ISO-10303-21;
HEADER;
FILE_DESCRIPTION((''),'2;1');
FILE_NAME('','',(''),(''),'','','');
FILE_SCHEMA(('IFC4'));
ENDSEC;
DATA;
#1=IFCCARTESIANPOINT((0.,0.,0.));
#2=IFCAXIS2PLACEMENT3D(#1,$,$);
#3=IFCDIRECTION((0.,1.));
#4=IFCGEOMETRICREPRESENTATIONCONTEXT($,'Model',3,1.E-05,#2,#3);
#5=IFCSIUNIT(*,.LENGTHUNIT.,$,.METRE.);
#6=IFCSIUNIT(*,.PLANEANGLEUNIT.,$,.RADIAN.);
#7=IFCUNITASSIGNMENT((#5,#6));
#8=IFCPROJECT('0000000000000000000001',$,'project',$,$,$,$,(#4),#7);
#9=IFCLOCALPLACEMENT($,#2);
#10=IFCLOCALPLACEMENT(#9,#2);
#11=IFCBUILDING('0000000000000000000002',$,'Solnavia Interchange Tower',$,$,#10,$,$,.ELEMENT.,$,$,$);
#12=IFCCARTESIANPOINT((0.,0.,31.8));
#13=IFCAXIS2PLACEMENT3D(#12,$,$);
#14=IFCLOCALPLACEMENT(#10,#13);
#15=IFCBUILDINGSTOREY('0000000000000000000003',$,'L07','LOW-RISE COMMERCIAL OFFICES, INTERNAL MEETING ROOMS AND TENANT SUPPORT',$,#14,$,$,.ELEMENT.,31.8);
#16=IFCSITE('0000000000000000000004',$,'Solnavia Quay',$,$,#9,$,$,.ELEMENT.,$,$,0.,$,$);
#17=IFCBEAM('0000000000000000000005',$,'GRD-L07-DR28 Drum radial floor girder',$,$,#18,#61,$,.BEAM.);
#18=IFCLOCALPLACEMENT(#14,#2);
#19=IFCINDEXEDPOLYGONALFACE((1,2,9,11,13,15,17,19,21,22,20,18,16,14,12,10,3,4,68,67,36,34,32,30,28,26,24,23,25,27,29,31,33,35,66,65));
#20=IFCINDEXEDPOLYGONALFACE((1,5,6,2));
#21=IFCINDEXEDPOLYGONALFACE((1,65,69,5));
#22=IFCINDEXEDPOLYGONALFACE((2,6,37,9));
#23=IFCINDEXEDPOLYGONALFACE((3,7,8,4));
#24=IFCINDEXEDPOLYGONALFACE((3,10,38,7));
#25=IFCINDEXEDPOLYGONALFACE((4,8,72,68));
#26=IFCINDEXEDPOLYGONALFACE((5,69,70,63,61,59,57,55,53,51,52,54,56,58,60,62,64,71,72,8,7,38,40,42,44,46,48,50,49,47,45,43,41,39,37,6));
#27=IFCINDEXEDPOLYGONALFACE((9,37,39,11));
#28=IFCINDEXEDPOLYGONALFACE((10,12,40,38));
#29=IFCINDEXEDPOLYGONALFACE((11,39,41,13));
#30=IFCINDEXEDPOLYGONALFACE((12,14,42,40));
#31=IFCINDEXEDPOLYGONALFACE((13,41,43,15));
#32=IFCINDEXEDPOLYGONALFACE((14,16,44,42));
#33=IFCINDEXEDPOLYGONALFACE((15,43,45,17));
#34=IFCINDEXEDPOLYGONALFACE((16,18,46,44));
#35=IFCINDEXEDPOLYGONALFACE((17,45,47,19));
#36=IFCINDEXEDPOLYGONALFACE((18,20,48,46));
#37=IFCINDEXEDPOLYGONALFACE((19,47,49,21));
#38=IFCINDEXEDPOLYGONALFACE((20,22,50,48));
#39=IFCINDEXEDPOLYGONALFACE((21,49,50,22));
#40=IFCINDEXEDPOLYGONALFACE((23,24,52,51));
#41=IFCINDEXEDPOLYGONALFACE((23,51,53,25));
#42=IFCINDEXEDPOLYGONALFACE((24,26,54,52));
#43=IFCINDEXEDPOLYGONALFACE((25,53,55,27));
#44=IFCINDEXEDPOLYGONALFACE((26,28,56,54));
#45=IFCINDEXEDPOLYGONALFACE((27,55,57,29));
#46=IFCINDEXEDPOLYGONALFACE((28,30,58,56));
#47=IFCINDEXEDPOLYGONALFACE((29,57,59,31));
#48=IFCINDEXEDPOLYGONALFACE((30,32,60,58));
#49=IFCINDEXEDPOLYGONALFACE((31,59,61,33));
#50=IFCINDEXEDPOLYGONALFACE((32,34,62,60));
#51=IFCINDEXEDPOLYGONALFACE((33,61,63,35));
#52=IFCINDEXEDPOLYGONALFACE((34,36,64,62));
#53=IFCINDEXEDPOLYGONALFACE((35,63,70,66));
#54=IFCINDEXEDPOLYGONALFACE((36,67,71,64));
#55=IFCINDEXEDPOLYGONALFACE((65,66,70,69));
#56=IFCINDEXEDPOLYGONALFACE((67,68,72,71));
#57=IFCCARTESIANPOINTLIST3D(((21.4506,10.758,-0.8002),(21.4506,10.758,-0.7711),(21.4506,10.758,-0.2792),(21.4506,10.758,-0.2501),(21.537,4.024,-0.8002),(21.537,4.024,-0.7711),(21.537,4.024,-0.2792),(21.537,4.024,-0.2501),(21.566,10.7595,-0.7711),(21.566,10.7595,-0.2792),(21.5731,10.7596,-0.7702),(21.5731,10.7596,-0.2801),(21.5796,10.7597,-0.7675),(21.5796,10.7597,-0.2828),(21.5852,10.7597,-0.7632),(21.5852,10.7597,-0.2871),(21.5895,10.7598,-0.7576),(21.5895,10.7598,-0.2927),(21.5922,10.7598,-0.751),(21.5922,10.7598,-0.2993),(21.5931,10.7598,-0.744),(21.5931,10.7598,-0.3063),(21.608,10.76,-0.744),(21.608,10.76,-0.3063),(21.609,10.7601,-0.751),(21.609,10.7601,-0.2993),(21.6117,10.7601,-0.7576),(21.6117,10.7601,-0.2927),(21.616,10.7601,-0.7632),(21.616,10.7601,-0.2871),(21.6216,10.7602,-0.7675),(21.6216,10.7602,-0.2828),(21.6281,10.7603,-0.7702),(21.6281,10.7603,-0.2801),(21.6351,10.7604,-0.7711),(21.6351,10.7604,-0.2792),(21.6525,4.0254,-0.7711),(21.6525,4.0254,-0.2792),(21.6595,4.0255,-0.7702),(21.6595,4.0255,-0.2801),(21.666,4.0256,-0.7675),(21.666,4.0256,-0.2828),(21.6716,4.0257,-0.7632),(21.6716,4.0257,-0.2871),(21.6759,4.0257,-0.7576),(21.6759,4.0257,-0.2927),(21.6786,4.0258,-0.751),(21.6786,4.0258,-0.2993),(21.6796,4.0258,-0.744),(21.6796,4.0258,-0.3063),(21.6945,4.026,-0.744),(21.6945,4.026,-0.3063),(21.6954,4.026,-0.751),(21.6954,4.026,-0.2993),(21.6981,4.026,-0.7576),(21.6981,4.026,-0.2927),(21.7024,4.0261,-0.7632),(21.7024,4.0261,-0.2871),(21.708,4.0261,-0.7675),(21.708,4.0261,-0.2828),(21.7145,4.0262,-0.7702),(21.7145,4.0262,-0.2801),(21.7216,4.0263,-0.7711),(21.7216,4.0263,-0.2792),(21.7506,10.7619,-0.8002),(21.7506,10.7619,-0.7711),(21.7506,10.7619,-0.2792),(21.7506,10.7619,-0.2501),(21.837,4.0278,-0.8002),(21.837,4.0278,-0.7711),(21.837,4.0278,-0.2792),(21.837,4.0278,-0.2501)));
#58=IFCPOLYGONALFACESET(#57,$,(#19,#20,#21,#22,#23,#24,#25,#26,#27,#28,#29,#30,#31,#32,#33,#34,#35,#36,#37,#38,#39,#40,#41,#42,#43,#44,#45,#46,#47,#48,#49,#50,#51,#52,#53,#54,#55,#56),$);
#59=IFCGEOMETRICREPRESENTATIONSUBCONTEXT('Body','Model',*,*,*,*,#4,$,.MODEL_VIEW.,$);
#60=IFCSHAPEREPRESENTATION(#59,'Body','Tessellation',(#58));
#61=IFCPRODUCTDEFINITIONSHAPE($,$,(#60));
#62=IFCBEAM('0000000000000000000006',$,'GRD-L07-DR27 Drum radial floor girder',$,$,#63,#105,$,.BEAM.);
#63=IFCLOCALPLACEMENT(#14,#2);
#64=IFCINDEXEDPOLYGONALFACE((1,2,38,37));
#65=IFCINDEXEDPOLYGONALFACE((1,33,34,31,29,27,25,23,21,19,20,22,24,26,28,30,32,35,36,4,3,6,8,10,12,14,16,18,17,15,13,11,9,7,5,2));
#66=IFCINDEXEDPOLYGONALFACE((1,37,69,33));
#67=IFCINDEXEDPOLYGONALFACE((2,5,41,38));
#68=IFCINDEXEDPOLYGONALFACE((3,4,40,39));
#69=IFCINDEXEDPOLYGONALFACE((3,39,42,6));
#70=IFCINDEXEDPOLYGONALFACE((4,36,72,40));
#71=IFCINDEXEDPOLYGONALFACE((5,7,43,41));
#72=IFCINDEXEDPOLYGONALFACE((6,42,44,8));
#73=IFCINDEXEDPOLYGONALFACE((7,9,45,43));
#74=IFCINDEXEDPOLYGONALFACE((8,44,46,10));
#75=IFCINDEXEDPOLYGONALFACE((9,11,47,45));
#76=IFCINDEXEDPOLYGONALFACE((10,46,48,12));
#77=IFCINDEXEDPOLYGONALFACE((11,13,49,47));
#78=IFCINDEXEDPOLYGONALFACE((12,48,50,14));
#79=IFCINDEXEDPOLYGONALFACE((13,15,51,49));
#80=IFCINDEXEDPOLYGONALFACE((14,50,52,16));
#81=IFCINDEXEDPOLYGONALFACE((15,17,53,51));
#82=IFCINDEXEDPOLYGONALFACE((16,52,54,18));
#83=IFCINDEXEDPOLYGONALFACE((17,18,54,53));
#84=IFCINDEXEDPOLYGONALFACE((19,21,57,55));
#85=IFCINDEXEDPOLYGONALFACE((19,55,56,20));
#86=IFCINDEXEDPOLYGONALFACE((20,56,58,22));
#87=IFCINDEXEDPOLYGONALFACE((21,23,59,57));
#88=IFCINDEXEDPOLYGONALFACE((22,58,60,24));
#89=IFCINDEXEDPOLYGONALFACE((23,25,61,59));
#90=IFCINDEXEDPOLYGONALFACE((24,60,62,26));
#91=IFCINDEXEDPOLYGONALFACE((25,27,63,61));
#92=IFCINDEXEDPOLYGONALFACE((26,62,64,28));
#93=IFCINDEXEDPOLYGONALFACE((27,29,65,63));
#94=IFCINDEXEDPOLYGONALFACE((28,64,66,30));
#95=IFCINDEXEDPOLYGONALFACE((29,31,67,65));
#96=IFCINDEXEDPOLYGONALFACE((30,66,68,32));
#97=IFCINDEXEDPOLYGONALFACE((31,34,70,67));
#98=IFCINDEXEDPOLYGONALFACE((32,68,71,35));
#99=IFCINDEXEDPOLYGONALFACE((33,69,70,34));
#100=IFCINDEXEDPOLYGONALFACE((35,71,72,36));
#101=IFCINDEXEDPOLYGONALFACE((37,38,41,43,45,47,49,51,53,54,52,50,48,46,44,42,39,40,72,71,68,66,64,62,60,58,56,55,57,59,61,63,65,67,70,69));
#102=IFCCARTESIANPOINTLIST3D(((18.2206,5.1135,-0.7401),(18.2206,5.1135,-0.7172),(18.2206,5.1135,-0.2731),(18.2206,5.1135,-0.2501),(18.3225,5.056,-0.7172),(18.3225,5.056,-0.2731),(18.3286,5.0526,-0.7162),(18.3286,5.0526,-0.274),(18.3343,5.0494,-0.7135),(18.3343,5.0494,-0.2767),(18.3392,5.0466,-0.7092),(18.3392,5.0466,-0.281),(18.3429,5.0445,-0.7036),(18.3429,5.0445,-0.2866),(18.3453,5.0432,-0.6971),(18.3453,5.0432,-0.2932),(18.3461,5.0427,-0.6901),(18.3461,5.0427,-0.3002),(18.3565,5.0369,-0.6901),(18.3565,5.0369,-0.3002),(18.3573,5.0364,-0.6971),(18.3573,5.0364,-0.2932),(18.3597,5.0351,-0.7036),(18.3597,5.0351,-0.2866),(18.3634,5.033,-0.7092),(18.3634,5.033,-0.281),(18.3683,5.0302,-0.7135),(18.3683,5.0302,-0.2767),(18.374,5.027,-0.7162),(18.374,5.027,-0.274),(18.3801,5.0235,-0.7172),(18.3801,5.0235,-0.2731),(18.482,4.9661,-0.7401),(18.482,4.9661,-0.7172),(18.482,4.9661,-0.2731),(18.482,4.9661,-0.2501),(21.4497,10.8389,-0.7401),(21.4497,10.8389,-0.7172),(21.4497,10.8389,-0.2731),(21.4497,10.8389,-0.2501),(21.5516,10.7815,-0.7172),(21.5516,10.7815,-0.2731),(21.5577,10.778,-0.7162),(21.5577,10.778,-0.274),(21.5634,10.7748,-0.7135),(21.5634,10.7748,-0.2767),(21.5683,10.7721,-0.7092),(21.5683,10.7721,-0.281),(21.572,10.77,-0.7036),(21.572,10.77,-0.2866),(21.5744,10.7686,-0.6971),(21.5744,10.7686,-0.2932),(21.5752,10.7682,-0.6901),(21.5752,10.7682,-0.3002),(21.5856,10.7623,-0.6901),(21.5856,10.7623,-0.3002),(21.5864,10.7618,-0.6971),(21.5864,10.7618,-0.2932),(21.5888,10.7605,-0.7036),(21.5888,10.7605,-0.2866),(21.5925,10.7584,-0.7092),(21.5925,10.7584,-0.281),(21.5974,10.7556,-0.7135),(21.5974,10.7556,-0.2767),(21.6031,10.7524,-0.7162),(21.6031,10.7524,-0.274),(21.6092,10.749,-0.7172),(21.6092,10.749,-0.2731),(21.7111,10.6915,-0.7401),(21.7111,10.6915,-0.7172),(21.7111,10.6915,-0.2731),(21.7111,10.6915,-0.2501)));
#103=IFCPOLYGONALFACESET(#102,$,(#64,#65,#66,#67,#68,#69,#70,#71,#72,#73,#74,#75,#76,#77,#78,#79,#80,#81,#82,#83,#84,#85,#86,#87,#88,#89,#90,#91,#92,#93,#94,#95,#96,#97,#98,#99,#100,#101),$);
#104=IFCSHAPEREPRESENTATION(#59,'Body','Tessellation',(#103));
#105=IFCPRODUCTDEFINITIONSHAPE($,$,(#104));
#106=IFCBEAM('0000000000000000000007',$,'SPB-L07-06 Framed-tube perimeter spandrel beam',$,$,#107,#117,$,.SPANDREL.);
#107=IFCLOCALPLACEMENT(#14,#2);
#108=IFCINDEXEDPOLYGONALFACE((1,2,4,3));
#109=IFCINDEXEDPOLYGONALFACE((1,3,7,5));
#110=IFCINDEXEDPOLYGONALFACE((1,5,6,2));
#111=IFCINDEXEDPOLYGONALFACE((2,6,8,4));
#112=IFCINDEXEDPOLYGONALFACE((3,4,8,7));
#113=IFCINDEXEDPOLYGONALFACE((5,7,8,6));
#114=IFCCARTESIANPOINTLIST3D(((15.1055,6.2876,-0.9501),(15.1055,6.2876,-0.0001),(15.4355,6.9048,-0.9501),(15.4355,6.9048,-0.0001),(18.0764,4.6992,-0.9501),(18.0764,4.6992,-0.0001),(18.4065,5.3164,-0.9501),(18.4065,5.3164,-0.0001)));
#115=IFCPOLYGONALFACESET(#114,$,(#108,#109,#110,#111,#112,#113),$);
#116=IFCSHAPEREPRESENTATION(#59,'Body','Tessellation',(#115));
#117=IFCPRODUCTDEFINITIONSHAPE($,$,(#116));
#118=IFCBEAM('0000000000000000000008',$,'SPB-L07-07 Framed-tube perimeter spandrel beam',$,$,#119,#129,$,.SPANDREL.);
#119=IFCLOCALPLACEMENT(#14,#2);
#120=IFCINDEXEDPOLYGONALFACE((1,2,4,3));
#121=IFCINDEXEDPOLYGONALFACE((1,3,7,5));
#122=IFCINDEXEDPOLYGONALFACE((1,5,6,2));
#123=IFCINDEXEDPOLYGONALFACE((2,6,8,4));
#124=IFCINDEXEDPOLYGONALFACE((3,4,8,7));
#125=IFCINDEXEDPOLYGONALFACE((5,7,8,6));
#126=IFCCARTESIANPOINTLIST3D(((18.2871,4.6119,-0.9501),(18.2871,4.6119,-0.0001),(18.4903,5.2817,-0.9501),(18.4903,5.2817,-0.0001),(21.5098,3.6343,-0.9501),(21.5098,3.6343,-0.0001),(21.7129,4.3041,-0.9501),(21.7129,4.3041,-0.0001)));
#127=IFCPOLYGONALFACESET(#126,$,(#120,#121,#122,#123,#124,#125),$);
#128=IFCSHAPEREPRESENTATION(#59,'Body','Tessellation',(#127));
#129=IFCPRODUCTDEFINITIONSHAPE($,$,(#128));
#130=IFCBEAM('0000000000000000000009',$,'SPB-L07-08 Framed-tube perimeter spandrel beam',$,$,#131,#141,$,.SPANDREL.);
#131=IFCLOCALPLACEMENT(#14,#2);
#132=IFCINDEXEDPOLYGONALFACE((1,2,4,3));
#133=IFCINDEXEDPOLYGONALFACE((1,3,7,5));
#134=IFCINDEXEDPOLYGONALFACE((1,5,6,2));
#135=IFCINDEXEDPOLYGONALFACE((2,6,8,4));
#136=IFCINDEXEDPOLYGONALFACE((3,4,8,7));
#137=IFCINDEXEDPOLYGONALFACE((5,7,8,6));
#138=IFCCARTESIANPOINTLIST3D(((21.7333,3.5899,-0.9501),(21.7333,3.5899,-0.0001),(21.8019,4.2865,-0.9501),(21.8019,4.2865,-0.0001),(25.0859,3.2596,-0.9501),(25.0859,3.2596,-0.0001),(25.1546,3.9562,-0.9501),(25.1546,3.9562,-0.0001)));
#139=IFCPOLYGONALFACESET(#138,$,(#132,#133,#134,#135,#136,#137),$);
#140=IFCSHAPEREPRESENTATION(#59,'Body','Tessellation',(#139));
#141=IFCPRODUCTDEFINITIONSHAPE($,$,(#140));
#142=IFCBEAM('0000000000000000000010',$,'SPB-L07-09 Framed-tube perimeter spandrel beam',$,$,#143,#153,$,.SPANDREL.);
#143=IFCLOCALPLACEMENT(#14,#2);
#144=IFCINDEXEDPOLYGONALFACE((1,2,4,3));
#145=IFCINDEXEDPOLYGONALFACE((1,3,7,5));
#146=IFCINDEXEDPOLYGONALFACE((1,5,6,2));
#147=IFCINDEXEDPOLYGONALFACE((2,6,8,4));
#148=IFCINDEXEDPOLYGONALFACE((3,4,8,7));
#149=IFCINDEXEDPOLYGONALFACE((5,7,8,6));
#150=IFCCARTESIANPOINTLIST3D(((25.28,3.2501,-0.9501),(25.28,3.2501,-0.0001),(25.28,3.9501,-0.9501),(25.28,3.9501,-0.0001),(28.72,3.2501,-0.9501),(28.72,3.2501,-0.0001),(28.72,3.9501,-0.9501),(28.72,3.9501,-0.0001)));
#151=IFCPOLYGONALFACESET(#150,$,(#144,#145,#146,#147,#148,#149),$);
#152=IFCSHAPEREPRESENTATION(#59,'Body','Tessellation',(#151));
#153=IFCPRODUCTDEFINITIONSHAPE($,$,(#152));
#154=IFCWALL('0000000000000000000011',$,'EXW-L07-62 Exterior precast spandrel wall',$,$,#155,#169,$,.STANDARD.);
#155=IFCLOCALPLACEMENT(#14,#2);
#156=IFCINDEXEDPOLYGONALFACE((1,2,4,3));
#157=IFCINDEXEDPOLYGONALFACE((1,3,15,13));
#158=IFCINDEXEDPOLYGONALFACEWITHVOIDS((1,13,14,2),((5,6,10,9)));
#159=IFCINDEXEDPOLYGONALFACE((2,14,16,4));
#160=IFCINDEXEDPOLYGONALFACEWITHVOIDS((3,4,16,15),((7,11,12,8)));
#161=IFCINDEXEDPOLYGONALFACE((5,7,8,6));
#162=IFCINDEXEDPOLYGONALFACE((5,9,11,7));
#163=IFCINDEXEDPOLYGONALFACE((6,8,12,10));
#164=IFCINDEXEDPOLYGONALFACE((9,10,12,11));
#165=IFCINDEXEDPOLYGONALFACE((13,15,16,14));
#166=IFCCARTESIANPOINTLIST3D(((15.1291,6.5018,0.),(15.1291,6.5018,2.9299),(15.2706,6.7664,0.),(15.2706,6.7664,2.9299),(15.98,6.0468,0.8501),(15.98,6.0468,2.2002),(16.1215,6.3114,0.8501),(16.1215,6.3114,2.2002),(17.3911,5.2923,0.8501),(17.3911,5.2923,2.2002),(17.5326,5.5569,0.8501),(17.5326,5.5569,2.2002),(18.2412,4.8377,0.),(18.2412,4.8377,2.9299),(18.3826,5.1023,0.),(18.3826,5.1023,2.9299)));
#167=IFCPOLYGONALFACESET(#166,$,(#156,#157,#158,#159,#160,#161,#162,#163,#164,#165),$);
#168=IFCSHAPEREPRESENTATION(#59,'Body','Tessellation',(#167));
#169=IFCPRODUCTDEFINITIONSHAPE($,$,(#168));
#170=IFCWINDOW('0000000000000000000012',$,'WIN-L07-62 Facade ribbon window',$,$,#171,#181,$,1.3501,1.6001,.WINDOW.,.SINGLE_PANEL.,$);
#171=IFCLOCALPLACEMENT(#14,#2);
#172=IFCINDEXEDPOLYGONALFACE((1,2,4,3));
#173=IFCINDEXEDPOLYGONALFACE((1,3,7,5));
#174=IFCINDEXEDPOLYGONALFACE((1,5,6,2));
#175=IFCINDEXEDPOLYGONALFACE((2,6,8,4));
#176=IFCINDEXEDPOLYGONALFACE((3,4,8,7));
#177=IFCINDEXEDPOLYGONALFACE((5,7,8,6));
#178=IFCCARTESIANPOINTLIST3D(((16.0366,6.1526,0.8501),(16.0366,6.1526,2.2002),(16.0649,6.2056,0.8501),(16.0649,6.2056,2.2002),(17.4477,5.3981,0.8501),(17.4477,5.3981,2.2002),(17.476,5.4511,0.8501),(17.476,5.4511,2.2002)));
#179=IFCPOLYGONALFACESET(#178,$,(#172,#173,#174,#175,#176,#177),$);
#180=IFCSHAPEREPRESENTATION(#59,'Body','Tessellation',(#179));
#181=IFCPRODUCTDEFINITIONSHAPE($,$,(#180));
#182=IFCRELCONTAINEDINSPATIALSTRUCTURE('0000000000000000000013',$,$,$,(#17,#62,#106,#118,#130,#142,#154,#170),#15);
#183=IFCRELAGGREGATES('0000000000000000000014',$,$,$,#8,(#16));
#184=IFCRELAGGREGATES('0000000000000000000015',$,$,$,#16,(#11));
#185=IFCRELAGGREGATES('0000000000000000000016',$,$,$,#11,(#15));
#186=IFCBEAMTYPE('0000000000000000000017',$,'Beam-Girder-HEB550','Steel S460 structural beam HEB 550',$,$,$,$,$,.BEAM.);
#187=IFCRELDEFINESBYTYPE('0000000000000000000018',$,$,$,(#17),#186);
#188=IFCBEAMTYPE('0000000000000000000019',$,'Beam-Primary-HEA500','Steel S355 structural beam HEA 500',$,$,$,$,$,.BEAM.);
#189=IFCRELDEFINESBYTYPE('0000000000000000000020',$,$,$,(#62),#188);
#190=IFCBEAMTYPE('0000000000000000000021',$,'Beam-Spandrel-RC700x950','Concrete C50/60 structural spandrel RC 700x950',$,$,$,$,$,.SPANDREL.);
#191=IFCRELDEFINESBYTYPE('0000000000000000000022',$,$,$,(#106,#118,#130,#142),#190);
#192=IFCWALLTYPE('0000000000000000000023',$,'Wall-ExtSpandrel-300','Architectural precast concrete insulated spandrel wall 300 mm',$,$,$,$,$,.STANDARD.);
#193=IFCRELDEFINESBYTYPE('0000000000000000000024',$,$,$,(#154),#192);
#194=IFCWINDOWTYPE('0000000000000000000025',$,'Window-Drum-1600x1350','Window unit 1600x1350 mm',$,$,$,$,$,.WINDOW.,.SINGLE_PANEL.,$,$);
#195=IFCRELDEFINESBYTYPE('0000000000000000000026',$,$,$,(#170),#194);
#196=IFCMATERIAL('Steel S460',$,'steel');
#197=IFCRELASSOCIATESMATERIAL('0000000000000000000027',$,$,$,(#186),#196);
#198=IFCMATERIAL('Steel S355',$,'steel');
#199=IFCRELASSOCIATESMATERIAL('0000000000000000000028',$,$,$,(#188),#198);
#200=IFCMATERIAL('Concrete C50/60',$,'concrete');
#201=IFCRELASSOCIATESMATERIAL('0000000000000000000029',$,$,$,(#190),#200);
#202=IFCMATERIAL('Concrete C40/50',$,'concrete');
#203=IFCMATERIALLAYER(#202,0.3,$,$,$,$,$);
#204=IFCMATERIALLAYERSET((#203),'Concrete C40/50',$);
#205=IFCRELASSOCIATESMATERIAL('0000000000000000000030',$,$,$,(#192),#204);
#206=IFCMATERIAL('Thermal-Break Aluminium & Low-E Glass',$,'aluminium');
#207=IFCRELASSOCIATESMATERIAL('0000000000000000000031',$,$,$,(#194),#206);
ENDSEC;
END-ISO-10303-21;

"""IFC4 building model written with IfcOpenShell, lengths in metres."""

from ifc_helpers import new_model, si_unit, direction, frame, frame_2d, origin, origin_2d, place, context, subcontext, project, spatial, rectangle, i_section, extrude, material, layer, layer_set, material_profile, profile_set, type_object, element, fill, save


model = new_model("IFC4")

# Units and contexts
model_context = context("Model", 3, precision=1e-05, world=origin(), true_north=direction((0.0, 1.0)))
body_context = subcontext(model_context, "Body", "Model", "MODEL_VIEW")
ifc_project = project(units=[si_unit("LENGTHUNIT", "METRE"), si_unit("PLANEANGLEUNIT", "RADIAN")], contexts=[model_context])

# Site, building, storey
site_placement = place(None, origin())
site = spatial("IfcSite", under=ifc_project, at=site_placement, Name="Solnavia Quay", CompositionType="ELEMENT", RefElevation=0.0)
building_placement = place(site_placement, origin())
building = spatial("IfcBuilding", under=site, at=building_placement, Name="Solnavia Interchange Tower", CompositionType="ELEMENT")
storey_placement = place(building_placement, frame((0.0, 0.0, 31.8)))
storey = spatial("IfcBuildingStorey", under=building, at=storey_placement, Name="L07", Description="LOW-RISE COMMERCIAL OFFICES, INTERNAL MEETING ROOMS AND TENANT SUPPORT", CompositionType="ELEMENT", Elevation=31.8)

# Shared definitions
ifc_material_1 = material(Name="Steel S355", Category="steel")

# Beams
ifc_material_2 = material(Name="Steel S460", Category="steel")
ifc_material_profile_1 = material_profile(ifc_material_2, i_section(OverallWidth=0.3, OverallDepth=0.55, WebThickness=0.0149, FlangeThickness=0.0291, FilletRadius=0.0271, at=origin_2d()), Name="HEB 550")
ifc_profile_set_1 = profile_set([ifc_material_profile_1], Name="Steel S460")
beam_type_1 = type_object("IfcBeamType", Name="Beam-Girder-HEB550", Description="Steel S460 structural beam HEB 550", PredefinedType="BEAM", material=ifc_profile_set_1)
beam_1_placement = place(storey_placement, frame((21.687, 4.0259, -0.5251), z_axis=(-0.012833, 0.999918, 0.0), x_axis=(-0.999918, -0.012833, 0.0)))
element("IfcBeam", 1, at=beam_1_placement, inside=storey, type_object=beam_type_1, Name="GRD-L07-DR28 Drum radial floor girder", PredefinedType="BEAM", context=body_context, shape_type="SweptSolid", body=[
    extrude(i_section(OverallWidth=0.3, OverallDepth=0.55, WebThickness=0.0149, FlangeThickness=0.0291, FilletRadius=0.0271, at=origin_2d()), origin(), (0.0, 0.0, 1.0), 6.7346),
])
ifc_material_profile_2 = material_profile(ifc_material_1, i_section(OverallWidth=0.3, OverallDepth=0.49, WebThickness=0.012, FlangeThickness=0.0229, FilletRadius=0.0271, at=origin_2d()), Name="HEA 500")
ifc_profile_set_2 = profile_set([ifc_material_profile_2], Name="Steel S355")
beam_type_2 = type_object("IfcBeamType", Name="Beam-Primary-HEA500", Description="Steel S355 structural beam HEA 500", PredefinedType="BEAM", material=ifc_profile_set_2)
beam_2_placement = place(storey_placement, frame((18.3513, 5.0398, -0.4951), z_axis=(0.491243, 0.871022, 0.0), x_axis=(-0.871022, 0.491243, 0.0)))
element("IfcBeam", 2, at=beam_2_placement, inside=storey, type_object=beam_type_2, Name="GRD-L07-DR27 Drum radial floor girder", PredefinedType="BEAM", context=body_context, shape_type="SweptSolid", body=[
    extrude(i_section(OverallWidth=0.3, OverallDepth=0.49, WebThickness=0.012, FlangeThickness=0.0229, FilletRadius=0.0271, at=origin_2d()), origin(), (0.0, 0.0, 1.0), 6.5732),
])
ifc_material_3 = material(Name="Concrete C50/60", Category="concrete")
ifc_material_profile_3 = material_profile(ifc_material_3, rectangle(XDim=0.7, YDim=0.95, at=origin_2d()), Name="RC 700x950")
ifc_profile_set_3 = profile_set([ifc_material_profile_3], Name="Concrete C50/60")
beam_type_3 = type_object("IfcBeamType", Name="Beam-Spandrel-RC700x950", Description="Concrete C50/60 structural spandrel RC 700x950", PredefinedType="SPANDREL", material=ifc_profile_set_3)
beam_3_placement = place(storey_placement, frame((15.2705, 6.5962, -0.4751), z_axis=(0.881875, -0.471483, 0.0), x_axis=(0.471483, 0.881875, 0.0)))
element("IfcBeam", 3, at=beam_3_placement, inside=storey, type_object=beam_type_3, Name="SPB-L07-06 Framed-tube perimeter spandrel beam", PredefinedType="SPANDREL", context=body_context, shape_type="SweptSolid", body=[
    extrude(rectangle(XDim=0.7, YDim=0.95, at=origin_2d()), origin(), (0.0, 0.0, 1.0), 3.3689),
])
beam_4_placement = place(storey_placement, frame((18.3887, 4.9468, -0.4751), z_axis=(0.956944, -0.290273, 0.0), x_axis=(0.290273, 0.956944, 0.0)))
element("IfcBeam", 4, at=beam_4_placement, inside=storey, type_object=beam_type_3, Name="SPB-L07-07 Framed-tube perimeter spandrel beam", PredefinedType="SPANDREL", context=body_context, shape_type="SweptSolid", body=[
    extrude(rectangle(XDim=0.7, YDim=0.95, at=origin_2d()), origin(), (0.0, 0.0, 1.0), 3.3677),
])
beam_5_placement = place(storey_placement, frame((21.7676, 3.9382, -0.4751), z_axis=(0.995182, -0.098047, 0.0), x_axis=(0.098047, 0.995182, 0.0)))
element("IfcBeam", 5, at=beam_5_placement, inside=storey, type_object=beam_type_3, Name="SPB-L07-08 Framed-tube perimeter spandrel beam", PredefinedType="SPANDREL", context=body_context, shape_type="SweptSolid", body=[
    extrude(rectangle(XDim=0.7, YDim=0.95, at=origin_2d()), origin(), (0.0, 0.0, 1.0), 3.3689),
])
beam_6_placement = place(storey_placement, frame((25.28, 3.6001, -0.4751), z_axis=(1.0, 0.0, 0.0), x_axis=(0.0, 1.0, 0.0)))
element("IfcBeam", 6, at=beam_6_placement, inside=storey, type_object=beam_type_3, Name="SPB-L07-09 Framed-tube perimeter spandrel beam", PredefinedType="SPANDREL", context=body_context, shape_type="SweptSolid", body=[
    extrude(rectangle(XDim=0.7, YDim=0.95, at=origin_2d()), origin(), (0.0, 0.0, 1.0), 3.4399),
])

# Wall, opening, window
ifc_material_4 = material(Name="Concrete C40/50", Category="concrete")
ifc_layer_1 = layer(ifc_material_4, 0.3)
ifc_layer_set_1 = layer_set([ifc_layer_1], Name="Concrete C40/50")
wall_type_1 = type_object("IfcWallType", Name="Wall-ExtSpandrel-300", Description="Architectural precast concrete insulated spandrel wall 300 mm", PredefinedType="STANDARD", material=ifc_layer_set_1)
wall_1_placement = place(storey_placement, frame((18.312, 4.97, 0.0), z_axis=(0.0, 0.0, 1.0), x_axis=(-0.881847, 0.471536, 0.0)))
wall_1 = element("IfcWall", 7, at=wall_1_placement, inside=storey, type_object=wall_type_1, Name="EXW-L07-62 Exterior precast spandrel wall", PredefinedType="STANDARD", context=body_context, shape_type="SweptSolid", body=[
    extrude(rectangle(XDim=3.5291, YDim=0.3, at=frame_2d((1.7646, 0.0))), origin(), (0.0, 0.0, 1.0), 2.9299),
])
opening_1_placement = place(wall_1_placement, frame((0.9641, 0.0, 0.8501)))
opening_1 = element("IfcOpeningElement", 8, at=opening_1_placement, cuts=wall_1, PredefinedType="OPENING", context=body_context, shape_type="SweptSolid", body=[
    extrude(rectangle(XDim=1.6001, YDim=1.3501, at=frame_2d((0.8, 0.675))), frame((0.0, 0.1602, 0.0), z_axis=(0.0, -1.0, 0.0), x_axis=(1.0, 0.0, 0.0)), (0.0, 0.0, 1.0), 0.3201),
])
ifc_material_5 = material(Name="Thermal-Break Aluminium & Low-E Glass", Category="aluminium")
window_type = type_object("IfcWindowType", Name="Window-Drum-1600x1350", Description="Window unit 1600x1350 mm", PartitioningType="SINGLE_PANEL", PredefinedType="WINDOW", material=ifc_material_5)
window_1_placement = place(opening_1_placement, origin())
window_1 = element("IfcWindow", 9, at=window_1_placement, inside=storey, type_object=window_type, Name="WIN-L07-62 Facade ribbon window", OverallHeight=1.3501, OverallWidth=1.6001, PartitioningType="SINGLE_PANEL", PredefinedType="WINDOW", context=body_context, shape_type="SweptSolid", body=[
    extrude(rectangle(XDim=1.6001, YDim=1.3501, at=frame_2d((0.8, 0.675))), frame((0.0, 0.03, 0.0), z_axis=(0.0, -1.0, 0.0), x_axis=(1.0, 0.0, 0.0)), (0.0, 0.0, 1.0), 0.0601),
])
fill(opening_1, window_1)

save(model, "model.ifc")
